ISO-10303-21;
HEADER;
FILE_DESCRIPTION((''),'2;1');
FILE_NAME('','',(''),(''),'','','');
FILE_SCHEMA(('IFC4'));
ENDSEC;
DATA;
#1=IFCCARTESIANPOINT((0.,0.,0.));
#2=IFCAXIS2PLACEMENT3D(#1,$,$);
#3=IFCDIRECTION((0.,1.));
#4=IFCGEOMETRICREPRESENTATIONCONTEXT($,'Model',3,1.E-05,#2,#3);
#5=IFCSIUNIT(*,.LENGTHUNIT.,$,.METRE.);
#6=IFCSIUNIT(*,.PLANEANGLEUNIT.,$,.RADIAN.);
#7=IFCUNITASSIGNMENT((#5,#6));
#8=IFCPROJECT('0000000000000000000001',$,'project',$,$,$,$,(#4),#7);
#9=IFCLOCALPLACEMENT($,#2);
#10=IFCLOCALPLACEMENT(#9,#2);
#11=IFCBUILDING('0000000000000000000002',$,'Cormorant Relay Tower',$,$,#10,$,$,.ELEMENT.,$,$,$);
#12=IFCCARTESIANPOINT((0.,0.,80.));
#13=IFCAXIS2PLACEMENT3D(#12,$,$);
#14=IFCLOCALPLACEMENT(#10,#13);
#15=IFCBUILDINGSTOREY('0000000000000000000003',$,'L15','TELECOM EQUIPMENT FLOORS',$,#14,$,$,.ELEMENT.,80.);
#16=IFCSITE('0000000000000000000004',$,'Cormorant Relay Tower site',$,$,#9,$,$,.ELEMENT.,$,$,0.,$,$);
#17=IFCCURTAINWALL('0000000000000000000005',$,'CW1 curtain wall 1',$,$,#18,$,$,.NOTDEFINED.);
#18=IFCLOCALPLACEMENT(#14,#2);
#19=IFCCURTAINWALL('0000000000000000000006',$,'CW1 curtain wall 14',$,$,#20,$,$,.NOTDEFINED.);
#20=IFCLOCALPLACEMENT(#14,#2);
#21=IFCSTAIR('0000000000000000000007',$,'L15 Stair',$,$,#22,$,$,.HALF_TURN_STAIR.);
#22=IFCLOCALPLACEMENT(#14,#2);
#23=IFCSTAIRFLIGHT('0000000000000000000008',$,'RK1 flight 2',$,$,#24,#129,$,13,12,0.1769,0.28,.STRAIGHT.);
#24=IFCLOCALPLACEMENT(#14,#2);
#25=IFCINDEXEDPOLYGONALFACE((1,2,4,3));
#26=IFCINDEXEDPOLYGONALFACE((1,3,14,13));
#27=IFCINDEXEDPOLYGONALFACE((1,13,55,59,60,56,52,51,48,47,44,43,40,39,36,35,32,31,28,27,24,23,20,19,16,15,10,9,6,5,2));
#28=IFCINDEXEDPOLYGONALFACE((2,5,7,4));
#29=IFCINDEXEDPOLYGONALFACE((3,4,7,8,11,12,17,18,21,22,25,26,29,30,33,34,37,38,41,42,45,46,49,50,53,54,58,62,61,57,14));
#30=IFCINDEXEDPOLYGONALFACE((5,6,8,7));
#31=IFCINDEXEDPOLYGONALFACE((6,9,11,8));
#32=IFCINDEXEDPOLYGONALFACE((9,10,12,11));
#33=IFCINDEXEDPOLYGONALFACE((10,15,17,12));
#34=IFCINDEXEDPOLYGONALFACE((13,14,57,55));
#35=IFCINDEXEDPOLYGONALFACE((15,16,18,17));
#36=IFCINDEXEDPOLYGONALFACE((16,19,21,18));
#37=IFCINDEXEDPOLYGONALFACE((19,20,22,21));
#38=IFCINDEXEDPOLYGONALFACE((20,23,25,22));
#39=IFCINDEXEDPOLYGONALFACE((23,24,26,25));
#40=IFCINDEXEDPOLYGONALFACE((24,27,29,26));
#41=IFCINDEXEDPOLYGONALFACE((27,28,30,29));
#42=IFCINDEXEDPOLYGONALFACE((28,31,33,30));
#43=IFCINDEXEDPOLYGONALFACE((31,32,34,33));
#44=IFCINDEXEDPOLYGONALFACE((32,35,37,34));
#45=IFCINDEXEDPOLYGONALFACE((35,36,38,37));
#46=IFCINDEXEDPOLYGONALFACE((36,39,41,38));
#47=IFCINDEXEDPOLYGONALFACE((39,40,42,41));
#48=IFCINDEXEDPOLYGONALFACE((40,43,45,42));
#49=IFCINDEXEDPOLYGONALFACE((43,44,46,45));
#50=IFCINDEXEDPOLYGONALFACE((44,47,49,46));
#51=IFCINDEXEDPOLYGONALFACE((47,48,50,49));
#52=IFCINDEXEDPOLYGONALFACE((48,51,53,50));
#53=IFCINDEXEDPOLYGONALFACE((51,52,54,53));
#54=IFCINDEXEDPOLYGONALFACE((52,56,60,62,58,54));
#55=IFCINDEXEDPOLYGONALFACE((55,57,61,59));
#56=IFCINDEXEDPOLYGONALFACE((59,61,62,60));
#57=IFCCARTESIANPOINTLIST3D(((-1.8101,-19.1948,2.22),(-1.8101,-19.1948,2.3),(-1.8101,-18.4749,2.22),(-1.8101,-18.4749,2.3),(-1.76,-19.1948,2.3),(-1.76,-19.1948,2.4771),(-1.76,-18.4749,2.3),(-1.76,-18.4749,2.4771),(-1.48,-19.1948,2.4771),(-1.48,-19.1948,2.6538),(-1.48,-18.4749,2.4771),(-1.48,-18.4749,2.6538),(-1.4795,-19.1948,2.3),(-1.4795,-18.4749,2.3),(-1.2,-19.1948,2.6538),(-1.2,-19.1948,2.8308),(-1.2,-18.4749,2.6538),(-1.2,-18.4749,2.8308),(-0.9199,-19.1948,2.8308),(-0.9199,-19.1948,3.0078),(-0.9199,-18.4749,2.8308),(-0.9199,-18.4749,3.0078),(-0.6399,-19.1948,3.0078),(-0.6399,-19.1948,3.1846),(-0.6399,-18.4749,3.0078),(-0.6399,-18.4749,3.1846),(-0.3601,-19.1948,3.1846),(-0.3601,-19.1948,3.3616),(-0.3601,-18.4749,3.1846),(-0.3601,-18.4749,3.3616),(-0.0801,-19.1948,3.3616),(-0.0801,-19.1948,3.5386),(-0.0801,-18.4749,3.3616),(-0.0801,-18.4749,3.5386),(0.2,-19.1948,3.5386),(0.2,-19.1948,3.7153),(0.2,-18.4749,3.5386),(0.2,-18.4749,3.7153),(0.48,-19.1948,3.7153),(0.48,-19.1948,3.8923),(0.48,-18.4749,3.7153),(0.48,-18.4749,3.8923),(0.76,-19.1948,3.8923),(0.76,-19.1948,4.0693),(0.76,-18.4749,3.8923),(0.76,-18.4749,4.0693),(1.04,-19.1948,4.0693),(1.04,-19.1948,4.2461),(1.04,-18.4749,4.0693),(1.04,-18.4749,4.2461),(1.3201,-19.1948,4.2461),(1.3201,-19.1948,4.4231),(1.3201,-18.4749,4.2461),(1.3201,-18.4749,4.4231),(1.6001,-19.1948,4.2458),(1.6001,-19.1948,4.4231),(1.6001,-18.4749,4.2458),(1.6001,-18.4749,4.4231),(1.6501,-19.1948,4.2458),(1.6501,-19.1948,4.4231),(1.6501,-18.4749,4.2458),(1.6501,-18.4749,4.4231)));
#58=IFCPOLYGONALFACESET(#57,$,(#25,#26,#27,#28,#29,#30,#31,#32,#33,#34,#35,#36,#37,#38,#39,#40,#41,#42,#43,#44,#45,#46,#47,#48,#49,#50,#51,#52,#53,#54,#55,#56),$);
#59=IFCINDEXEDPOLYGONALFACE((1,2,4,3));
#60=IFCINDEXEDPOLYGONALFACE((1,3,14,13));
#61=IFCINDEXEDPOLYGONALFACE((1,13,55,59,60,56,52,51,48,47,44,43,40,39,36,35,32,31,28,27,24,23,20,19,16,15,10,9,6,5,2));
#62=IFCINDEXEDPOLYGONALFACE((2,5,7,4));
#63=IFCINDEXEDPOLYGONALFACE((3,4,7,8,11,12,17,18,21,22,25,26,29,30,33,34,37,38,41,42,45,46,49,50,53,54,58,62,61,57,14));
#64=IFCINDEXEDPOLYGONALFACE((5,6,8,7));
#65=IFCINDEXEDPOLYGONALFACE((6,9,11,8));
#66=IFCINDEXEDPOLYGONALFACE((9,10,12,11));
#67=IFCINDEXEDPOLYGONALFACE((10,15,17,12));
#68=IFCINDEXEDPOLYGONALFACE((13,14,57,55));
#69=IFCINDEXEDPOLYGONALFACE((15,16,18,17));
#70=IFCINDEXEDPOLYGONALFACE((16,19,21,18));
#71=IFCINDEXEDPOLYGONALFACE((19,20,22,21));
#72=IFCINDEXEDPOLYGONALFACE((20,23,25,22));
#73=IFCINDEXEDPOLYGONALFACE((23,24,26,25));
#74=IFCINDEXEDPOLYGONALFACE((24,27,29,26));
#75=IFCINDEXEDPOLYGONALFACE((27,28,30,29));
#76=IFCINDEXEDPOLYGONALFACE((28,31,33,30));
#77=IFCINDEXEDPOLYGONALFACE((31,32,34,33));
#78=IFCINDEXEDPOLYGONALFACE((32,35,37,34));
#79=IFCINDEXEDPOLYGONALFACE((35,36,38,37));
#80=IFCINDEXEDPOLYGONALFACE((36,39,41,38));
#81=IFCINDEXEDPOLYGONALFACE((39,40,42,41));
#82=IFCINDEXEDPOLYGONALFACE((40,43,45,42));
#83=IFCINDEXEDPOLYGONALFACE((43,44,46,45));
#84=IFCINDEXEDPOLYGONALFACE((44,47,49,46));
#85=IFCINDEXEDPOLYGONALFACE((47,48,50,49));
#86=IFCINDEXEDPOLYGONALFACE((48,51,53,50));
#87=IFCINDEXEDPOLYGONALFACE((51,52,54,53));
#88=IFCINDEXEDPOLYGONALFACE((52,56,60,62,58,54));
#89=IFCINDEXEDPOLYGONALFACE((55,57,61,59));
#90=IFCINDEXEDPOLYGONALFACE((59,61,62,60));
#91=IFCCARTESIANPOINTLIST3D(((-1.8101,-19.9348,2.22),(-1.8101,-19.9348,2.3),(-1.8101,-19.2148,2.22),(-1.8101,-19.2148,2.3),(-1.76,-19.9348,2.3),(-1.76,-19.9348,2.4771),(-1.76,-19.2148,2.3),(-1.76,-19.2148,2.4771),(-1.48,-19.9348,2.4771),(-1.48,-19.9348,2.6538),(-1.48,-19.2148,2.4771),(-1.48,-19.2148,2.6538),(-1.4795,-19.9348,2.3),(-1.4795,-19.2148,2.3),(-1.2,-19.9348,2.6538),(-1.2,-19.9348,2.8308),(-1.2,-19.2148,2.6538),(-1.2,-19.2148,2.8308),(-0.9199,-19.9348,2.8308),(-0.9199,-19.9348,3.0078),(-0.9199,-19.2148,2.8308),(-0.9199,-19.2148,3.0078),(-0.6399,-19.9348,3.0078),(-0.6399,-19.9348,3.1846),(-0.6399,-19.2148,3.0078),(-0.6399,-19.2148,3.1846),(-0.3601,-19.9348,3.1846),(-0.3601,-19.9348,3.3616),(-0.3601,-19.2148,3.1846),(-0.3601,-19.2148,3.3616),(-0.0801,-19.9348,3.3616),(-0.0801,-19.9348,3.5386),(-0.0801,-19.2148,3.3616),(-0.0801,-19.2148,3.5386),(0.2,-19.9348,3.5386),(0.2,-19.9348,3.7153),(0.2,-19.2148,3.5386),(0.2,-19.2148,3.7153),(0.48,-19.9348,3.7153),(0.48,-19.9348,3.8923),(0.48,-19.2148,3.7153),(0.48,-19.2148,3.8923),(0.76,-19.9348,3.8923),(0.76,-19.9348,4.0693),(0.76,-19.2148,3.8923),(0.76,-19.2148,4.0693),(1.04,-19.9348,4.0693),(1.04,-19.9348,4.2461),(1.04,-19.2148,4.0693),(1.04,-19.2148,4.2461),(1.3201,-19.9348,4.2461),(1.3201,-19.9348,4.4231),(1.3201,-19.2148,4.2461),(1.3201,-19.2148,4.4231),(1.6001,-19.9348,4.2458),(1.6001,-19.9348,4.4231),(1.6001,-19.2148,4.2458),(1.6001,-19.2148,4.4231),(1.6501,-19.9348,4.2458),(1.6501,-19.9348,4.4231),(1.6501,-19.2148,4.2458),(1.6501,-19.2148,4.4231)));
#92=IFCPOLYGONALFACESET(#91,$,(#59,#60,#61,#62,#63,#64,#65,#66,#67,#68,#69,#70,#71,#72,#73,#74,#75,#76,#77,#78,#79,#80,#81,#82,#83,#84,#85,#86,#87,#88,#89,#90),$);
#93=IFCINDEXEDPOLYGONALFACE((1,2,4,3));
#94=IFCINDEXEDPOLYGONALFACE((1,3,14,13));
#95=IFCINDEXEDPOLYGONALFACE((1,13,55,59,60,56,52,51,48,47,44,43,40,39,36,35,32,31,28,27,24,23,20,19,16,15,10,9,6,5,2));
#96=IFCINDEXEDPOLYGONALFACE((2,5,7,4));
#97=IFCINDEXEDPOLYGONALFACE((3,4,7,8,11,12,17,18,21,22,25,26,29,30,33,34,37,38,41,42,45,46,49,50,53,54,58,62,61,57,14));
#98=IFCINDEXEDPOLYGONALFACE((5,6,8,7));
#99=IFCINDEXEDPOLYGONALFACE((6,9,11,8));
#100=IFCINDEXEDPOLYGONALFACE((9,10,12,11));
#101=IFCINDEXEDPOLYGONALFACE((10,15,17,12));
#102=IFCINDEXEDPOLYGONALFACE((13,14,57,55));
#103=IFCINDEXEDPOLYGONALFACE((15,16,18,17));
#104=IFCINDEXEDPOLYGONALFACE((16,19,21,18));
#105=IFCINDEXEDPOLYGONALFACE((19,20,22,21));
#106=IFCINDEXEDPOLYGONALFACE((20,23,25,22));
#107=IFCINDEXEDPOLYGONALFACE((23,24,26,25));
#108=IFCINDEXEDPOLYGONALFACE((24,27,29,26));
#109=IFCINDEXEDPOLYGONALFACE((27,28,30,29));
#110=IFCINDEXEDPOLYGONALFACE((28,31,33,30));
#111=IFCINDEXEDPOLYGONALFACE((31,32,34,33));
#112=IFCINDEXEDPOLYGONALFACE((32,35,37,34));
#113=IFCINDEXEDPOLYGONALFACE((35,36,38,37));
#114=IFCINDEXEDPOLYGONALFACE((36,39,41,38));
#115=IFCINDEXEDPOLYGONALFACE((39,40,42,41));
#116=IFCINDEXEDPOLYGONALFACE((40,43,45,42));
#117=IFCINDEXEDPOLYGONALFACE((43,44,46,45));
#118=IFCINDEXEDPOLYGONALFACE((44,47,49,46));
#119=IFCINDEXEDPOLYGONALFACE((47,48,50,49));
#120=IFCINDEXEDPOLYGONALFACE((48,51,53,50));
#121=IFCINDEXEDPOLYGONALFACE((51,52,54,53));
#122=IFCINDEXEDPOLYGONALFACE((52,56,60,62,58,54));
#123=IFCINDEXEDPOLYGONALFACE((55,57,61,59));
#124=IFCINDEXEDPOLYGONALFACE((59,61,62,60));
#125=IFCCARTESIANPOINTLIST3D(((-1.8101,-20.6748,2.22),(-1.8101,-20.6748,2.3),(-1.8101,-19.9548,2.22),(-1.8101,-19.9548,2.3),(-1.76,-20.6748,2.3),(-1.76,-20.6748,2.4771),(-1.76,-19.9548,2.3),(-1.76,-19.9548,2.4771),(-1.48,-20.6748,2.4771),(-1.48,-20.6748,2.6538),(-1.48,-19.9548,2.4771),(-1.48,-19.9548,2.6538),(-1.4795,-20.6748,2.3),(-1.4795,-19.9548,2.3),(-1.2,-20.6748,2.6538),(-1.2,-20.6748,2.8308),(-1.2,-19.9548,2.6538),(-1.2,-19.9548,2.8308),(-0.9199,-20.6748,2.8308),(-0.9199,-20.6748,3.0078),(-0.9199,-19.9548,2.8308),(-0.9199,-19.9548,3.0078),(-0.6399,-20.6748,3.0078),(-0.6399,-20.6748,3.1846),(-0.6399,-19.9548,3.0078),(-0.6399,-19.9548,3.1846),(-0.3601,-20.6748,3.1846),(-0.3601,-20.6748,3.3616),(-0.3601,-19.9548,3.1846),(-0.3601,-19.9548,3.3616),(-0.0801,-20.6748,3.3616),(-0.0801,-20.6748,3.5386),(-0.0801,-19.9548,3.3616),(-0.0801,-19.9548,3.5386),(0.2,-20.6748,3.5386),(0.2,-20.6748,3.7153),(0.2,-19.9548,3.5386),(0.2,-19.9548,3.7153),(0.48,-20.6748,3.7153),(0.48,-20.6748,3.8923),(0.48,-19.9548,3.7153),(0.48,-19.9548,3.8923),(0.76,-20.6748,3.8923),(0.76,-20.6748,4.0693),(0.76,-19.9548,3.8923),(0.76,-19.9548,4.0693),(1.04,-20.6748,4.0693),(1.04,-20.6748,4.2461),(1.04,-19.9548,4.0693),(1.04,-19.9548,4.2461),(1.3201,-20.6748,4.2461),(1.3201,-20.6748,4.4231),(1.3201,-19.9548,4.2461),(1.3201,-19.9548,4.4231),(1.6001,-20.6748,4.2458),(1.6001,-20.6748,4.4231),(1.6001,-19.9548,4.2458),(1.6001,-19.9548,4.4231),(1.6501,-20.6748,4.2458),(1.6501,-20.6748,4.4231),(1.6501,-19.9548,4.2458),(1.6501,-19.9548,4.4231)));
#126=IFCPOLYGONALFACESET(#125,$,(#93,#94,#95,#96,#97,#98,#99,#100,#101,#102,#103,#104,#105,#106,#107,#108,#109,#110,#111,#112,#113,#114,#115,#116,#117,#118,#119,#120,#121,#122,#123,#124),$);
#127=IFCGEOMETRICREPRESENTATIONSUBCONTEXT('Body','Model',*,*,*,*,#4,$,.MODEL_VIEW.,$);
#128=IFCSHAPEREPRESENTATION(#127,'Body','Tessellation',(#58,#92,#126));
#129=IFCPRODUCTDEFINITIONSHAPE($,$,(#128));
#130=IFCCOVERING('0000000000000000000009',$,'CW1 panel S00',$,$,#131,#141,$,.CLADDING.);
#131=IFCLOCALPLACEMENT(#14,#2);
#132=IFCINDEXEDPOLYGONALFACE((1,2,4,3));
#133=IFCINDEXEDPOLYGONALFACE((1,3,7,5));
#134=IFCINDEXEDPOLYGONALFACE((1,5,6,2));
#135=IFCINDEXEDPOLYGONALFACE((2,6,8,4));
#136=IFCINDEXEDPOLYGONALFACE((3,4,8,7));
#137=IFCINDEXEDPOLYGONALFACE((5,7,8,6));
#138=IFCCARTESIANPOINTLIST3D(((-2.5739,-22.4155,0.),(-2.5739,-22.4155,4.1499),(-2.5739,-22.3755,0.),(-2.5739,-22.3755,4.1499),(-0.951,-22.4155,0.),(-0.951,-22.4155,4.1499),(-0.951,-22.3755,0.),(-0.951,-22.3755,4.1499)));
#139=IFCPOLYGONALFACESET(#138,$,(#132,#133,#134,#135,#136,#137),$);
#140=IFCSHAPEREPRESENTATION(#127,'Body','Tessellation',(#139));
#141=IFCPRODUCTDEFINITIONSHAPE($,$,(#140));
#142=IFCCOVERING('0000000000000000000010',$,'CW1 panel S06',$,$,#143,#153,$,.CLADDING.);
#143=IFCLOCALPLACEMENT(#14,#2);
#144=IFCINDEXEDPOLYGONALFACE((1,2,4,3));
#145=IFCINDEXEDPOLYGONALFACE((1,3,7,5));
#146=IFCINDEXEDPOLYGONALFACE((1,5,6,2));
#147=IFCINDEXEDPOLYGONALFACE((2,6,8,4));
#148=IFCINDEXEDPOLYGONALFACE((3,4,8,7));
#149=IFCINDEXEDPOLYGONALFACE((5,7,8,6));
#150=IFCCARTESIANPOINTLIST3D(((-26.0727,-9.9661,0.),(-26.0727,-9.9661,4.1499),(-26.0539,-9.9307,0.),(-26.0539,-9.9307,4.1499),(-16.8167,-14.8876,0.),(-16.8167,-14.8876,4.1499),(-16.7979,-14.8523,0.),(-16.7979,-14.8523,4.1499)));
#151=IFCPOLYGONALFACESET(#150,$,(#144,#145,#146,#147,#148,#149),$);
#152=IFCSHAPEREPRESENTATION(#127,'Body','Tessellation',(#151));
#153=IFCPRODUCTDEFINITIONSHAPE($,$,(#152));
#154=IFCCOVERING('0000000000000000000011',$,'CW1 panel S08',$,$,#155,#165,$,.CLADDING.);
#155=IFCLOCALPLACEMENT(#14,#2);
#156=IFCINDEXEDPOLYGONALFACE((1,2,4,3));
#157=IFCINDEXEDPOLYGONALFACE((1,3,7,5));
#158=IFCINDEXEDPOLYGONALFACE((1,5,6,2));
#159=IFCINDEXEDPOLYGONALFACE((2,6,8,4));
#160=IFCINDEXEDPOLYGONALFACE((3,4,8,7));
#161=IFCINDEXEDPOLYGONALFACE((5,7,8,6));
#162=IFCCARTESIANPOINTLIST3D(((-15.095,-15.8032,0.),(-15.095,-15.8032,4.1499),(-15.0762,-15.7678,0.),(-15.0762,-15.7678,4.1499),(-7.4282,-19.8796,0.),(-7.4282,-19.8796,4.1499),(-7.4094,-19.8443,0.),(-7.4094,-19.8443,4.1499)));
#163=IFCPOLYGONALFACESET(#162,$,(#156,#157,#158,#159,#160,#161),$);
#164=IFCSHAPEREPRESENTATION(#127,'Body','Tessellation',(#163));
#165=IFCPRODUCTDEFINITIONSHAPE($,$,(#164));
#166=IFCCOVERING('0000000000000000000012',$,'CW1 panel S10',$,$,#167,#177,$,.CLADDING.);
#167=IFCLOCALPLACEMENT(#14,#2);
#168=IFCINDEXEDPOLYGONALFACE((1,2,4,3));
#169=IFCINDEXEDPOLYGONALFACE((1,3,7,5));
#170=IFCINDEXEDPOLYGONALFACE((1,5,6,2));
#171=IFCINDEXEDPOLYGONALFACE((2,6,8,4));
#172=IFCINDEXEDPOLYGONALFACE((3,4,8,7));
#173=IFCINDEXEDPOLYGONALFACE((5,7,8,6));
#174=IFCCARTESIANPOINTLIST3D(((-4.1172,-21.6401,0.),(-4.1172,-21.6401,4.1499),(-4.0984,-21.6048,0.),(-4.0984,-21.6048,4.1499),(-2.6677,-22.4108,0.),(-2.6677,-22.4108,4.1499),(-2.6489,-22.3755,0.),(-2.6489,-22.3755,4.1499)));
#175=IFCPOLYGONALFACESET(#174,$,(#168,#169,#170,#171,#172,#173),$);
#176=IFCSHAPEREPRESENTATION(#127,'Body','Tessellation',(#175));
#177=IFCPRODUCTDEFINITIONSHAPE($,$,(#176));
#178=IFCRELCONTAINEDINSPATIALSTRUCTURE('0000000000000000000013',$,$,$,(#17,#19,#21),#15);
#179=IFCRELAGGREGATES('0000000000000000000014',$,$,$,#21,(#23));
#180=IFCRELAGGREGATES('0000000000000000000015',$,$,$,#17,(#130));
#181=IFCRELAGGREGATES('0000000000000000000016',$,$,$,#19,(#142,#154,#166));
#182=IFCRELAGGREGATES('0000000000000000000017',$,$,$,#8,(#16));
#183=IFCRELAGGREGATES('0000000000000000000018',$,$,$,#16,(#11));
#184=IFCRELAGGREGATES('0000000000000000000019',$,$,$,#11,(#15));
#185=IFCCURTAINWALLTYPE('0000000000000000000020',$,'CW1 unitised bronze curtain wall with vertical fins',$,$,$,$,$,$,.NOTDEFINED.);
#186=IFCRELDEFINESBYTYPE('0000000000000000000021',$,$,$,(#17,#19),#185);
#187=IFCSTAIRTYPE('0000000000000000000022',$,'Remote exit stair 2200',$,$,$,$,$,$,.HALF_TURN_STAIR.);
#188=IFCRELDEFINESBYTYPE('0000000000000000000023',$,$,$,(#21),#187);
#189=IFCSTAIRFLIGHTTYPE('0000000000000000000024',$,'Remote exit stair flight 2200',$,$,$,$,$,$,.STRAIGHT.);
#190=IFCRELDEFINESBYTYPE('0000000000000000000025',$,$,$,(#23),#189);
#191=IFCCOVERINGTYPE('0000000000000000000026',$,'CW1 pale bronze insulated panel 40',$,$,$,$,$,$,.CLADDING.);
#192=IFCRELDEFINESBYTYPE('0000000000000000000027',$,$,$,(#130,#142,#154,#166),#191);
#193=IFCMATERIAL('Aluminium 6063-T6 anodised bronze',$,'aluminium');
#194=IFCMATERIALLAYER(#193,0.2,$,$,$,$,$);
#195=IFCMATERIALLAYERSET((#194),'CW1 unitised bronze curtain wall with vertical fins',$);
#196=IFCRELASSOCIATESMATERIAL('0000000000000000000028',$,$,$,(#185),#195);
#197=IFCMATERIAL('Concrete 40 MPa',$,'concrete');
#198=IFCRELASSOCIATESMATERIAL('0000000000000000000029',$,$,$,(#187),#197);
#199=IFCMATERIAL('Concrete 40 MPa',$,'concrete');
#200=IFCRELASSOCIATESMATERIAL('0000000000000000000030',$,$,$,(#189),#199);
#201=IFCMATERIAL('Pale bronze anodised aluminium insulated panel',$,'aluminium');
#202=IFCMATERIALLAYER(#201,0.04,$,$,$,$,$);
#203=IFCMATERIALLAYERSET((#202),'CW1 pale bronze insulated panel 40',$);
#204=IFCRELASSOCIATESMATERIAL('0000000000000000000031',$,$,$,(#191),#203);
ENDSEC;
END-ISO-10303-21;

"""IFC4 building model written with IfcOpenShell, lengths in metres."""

from ifc_helpers import new_model, si_unit, direction, frame, origin, origin_2d, place, context, subcontext, project, spatial, polyline, rectangle, outline, extrude, material, layer, layer_set, type_object, element, aggregate, save


model = new_model("IFC4")

# Units and contexts
model_context = context("Model", 3, precision=1e-05, world=origin(), true_north=direction((0.0, 1.0)))
body_context = subcontext(model_context, "Body", "Model", "MODEL_VIEW")
ifc_project = project(units=[si_unit("LENGTHUNIT", "METRE"), si_unit("PLANEANGLEUNIT", "RADIAN")], contexts=[model_context])

# Site, building, storey
site_placement = place(None, origin())
site = spatial("IfcSite", under=ifc_project, at=site_placement, Name="Cormorant Relay Tower site", CompositionType="ELEMENT", RefElevation=0.0)
building_placement = place(site_placement, origin())
building = spatial("IfcBuilding", under=site, at=building_placement, Name="Cormorant Relay Tower", CompositionType="ELEMENT")
storey_placement = place(building_placement, frame((0.0, 0.0, 80.0)))
storey = spatial("IfcBuildingStorey", under=building, at=storey_placement, Name="L15", Description="TELECOM EQUIPMENT FLOORS", CompositionType="ELEMENT", Elevation=80.0)

# Curtain wall
ifc_material_1 = material(Name="Aluminium 6063-T6 anodised bronze", Category="aluminium")
ifc_layer_1 = layer(ifc_material_1, 0.2)
ifc_layer_set_1 = layer_set([ifc_layer_1], Name="CW1 unitised bronze curtain wall with vertical fins")
curtain_wall_type = type_object("IfcCurtainWallType", Name="CW1 unitised bronze curtain wall with vertical fins", PredefinedType="NOTDEFINED", material=ifc_layer_set_1)
curtain_wall_1_placement = place(storey_placement, origin())
curtain_wall_1 = element("IfcCurtainWall", 1, at=curtain_wall_1_placement, inside=storey, type_object=curtain_wall_type, Name="CW1 curtain wall 1", PredefinedType="NOTDEFINED")

# Curtain wall
curtain_wall_2_placement = place(storey_placement, origin())
curtain_wall_2 = element("IfcCurtainWall", 2, at=curtain_wall_2_placement, inside=storey, type_object=curtain_wall_type, Name="CW1 curtain wall 14", PredefinedType="NOTDEFINED")

# Stair, stair flight
ifc_material_2 = material(Name="Concrete 40 MPa", Category="concrete")
stair_type = type_object("IfcStairType", Name="Remote exit stair 2200", PredefinedType="HALF_TURN_STAIR", material=ifc_material_2)
stair_placement = place(storey_placement, origin())
stair = element("IfcStair", 3, at=stair_placement, inside=storey, type_object=stair_type, Name="L15 Stair", PredefinedType="HALF_TURN_STAIR")
ifc_material_3 = material(Name="Concrete 40 MPa", Category="concrete")
stair_flight_type = type_object("IfcStairFlightType", Name="Remote exit stair flight 2200", PredefinedType="STRAIGHT", material=ifc_material_3)
stair_flight_placement = place(storey_placement, frame((-1.76, -19.575, 2.3), z_axis=(0.0, 0.0, 1.0), x_axis=(1.0, 0.0, 0.0)))
stair_flight = element("IfcStairFlight", 4, at=stair_flight_placement, type_object=stair_flight_type, Name="RK1 flight 2", NumberOfRisers=13, NumberOfTreads=12, PredefinedType="STRAIGHT", RiserHeight=0.1769, TreadLength=0.28, context=body_context, shape_type="SweptSolid", body=[
    extrude(outline(polyline([(-0.05, -0.0801), (-0.05, 0.0), (0.0, 0.0), (0.0, 0.177), (0.28, 0.177), (0.28, 0.3538), (0.5601, 0.3538), (0.5601, 0.5308), (0.8401, 0.5308), (0.8401, 0.7078), (1.1201, 0.7078), (1.1201, 0.8845), (1.3999, 0.8845), (1.3999, 1.0615), (1.6799, 1.0615), (1.6799, 1.2385), (1.96, 1.2385), (1.96, 1.4153), (2.24, 1.4153), (2.24, 1.5923), (2.52, 1.5923), (2.52, 1.7693), (2.8, 1.7693), (2.8, 1.946), (3.0801, 1.946), (3.0801, 2.123), (3.3601, 2.123), (3.4102, 2.123), (3.4102, 1.9458), (3.3601, 1.9458), (0.2805, 0.0), (-0.05, -0.0801)])), frame((0.0, 1.1001, 0.0), z_axis=(0.0, -1.0, 0.0), x_axis=(1.0, 0.0, 0.0)), (0.0, 0.0, 1.0), 0.72),
    extrude(outline(polyline([(-0.05, -0.0801), (-0.05, 0.0), (0.0, 0.0), (0.0, 0.177), (0.28, 0.177), (0.28, 0.3538), (0.5601, 0.3538), (0.5601, 0.5308), (0.8401, 0.5308), (0.8401, 0.7078), (1.1201, 0.7078), (1.1201, 0.8845), (1.3999, 0.8845), (1.3999, 1.0615), (1.6799, 1.0615), (1.6799, 1.2385), (1.96, 1.2385), (1.96, 1.4153), (2.24, 1.4153), (2.24, 1.5923), (2.52, 1.5923), (2.52, 1.7693), (2.8, 1.7693), (2.8, 1.946), (3.0801, 1.946), (3.0801, 2.123), (3.3601, 2.123), (3.4102, 2.123), (3.4102, 1.9458), (3.3601, 1.9458), (0.2805, 0.0), (-0.05, -0.0801)])), frame((0.0, 0.3601, 0.0), z_axis=(0.0, -1.0, 0.0), x_axis=(1.0, 0.0, 0.0)), (0.0, 0.0, 1.0), 0.72),
    extrude(outline(polyline([(-0.05, -0.0801), (-0.05, 0.0), (0.0, 0.0), (0.0, 0.177), (0.28, 0.177), (0.28, 0.3538), (0.5601, 0.3538), (0.5601, 0.5308), (0.8401, 0.5308), (0.8401, 0.7078), (1.1201, 0.7078), (1.1201, 0.8845), (1.3999, 0.8845), (1.3999, 1.0615), (1.6799, 1.0615), (1.6799, 1.2385), (1.96, 1.2385), (1.96, 1.4153), (2.24, 1.4153), (2.24, 1.5923), (2.52, 1.5923), (2.52, 1.7693), (2.8, 1.7693), (2.8, 1.946), (3.0801, 1.946), (3.0801, 2.123), (3.3601, 2.123), (3.4102, 2.123), (3.4102, 1.9458), (3.3601, 1.9458), (0.2805, 0.0), (-0.05, -0.0801)])), frame((0.0, -0.3799, 0.0), z_axis=(0.0, -1.0, 0.0), x_axis=(1.0, 0.0, 0.0)), (0.0, 0.0, 1.0), 0.72),
])
aggregate(stair, [stair_flight])

# Coverings
ifc_material_4 = material(Name="Pale bronze anodised aluminium insulated panel", Category="aluminium")
ifc_layer_2 = layer(ifc_material_4, 0.04)
ifc_layer_set_2 = layer_set([ifc_layer_2], Name="CW1 pale bronze insulated panel 40")
covering_type = type_object("IfcCoveringType", Name="CW1 pale bronze insulated panel 40", PredefinedType="CLADDING", material=ifc_layer_set_2)
covering_1_placement = place(storey_placement, frame((-1.7625, -22.3955, 0.0), z_axis=(0.0, 0.0, 1.0), x_axis=(1.0, 0.0, 0.0)))
covering_1 = element("IfcCovering", 5, at=covering_1_placement, type_object=covering_type, Name="CW1 panel S00", PredefinedType="CLADDING", context=body_context, shape_type="SweptSolid", body=[
    extrude(rectangle(XDim=1.6228, YDim=0.04, at=origin_2d()), origin(), (0.0, 0.0, 1.0), 4.1499),
])
aggregate(curtain_wall_1, [covering_1])
covering_2_placement = place(storey_placement, frame((-21.4353, -12.4092, 0.0), z_axis=(0.0, 0.0, 1.0), x_axis=(0.882948, -0.469472, 0.0)))
covering_2 = element("IfcCovering", 6, at=covering_2_placement, type_object=covering_type, Name="CW1 panel S06", PredefinedType="CLADDING", context=body_context, shape_type="SweptSolid", body=[
    extrude(rectangle(XDim=10.4832, YDim=0.04, at=origin_2d()), origin(), (0.0, 0.0, 1.0), 4.1499),
])
covering_3_placement = place(storey_placement, frame((-11.2522, -17.8237, 0.0), z_axis=(0.0, 0.0, 1.0), x_axis=(0.882948, -0.469472, 0.0)))
covering_3 = element("IfcCovering", 7, at=covering_3_placement, type_object=covering_type, Name="CW1 panel S08", PredefinedType="CLADDING", context=body_context, shape_type="SweptSolid", body=[
    extrude(rectangle(XDim=8.6831, YDim=0.04, at=origin_2d()), origin(), (0.0, 0.0, 1.0), 4.1499),
])
covering_4_placement = place(storey_placement, frame((-3.3831, -22.0078, 0.0), z_axis=(0.0, 0.0, 1.0), x_axis=(0.882948, -0.469472, 0.0)))
covering_4 = element("IfcCovering", 8, at=covering_4_placement, type_object=covering_type, Name="CW1 panel S10", PredefinedType="CLADDING", context=body_context, shape_type="SweptSolid", body=[
    extrude(rectangle(XDim=1.6416, YDim=0.04, at=origin_2d()), origin(), (0.0, 0.0, 1.0), 4.1499),
])
aggregate(curtain_wall_2, [covering_2, covering_3, covering_4])

save(model, "model.ifc")
